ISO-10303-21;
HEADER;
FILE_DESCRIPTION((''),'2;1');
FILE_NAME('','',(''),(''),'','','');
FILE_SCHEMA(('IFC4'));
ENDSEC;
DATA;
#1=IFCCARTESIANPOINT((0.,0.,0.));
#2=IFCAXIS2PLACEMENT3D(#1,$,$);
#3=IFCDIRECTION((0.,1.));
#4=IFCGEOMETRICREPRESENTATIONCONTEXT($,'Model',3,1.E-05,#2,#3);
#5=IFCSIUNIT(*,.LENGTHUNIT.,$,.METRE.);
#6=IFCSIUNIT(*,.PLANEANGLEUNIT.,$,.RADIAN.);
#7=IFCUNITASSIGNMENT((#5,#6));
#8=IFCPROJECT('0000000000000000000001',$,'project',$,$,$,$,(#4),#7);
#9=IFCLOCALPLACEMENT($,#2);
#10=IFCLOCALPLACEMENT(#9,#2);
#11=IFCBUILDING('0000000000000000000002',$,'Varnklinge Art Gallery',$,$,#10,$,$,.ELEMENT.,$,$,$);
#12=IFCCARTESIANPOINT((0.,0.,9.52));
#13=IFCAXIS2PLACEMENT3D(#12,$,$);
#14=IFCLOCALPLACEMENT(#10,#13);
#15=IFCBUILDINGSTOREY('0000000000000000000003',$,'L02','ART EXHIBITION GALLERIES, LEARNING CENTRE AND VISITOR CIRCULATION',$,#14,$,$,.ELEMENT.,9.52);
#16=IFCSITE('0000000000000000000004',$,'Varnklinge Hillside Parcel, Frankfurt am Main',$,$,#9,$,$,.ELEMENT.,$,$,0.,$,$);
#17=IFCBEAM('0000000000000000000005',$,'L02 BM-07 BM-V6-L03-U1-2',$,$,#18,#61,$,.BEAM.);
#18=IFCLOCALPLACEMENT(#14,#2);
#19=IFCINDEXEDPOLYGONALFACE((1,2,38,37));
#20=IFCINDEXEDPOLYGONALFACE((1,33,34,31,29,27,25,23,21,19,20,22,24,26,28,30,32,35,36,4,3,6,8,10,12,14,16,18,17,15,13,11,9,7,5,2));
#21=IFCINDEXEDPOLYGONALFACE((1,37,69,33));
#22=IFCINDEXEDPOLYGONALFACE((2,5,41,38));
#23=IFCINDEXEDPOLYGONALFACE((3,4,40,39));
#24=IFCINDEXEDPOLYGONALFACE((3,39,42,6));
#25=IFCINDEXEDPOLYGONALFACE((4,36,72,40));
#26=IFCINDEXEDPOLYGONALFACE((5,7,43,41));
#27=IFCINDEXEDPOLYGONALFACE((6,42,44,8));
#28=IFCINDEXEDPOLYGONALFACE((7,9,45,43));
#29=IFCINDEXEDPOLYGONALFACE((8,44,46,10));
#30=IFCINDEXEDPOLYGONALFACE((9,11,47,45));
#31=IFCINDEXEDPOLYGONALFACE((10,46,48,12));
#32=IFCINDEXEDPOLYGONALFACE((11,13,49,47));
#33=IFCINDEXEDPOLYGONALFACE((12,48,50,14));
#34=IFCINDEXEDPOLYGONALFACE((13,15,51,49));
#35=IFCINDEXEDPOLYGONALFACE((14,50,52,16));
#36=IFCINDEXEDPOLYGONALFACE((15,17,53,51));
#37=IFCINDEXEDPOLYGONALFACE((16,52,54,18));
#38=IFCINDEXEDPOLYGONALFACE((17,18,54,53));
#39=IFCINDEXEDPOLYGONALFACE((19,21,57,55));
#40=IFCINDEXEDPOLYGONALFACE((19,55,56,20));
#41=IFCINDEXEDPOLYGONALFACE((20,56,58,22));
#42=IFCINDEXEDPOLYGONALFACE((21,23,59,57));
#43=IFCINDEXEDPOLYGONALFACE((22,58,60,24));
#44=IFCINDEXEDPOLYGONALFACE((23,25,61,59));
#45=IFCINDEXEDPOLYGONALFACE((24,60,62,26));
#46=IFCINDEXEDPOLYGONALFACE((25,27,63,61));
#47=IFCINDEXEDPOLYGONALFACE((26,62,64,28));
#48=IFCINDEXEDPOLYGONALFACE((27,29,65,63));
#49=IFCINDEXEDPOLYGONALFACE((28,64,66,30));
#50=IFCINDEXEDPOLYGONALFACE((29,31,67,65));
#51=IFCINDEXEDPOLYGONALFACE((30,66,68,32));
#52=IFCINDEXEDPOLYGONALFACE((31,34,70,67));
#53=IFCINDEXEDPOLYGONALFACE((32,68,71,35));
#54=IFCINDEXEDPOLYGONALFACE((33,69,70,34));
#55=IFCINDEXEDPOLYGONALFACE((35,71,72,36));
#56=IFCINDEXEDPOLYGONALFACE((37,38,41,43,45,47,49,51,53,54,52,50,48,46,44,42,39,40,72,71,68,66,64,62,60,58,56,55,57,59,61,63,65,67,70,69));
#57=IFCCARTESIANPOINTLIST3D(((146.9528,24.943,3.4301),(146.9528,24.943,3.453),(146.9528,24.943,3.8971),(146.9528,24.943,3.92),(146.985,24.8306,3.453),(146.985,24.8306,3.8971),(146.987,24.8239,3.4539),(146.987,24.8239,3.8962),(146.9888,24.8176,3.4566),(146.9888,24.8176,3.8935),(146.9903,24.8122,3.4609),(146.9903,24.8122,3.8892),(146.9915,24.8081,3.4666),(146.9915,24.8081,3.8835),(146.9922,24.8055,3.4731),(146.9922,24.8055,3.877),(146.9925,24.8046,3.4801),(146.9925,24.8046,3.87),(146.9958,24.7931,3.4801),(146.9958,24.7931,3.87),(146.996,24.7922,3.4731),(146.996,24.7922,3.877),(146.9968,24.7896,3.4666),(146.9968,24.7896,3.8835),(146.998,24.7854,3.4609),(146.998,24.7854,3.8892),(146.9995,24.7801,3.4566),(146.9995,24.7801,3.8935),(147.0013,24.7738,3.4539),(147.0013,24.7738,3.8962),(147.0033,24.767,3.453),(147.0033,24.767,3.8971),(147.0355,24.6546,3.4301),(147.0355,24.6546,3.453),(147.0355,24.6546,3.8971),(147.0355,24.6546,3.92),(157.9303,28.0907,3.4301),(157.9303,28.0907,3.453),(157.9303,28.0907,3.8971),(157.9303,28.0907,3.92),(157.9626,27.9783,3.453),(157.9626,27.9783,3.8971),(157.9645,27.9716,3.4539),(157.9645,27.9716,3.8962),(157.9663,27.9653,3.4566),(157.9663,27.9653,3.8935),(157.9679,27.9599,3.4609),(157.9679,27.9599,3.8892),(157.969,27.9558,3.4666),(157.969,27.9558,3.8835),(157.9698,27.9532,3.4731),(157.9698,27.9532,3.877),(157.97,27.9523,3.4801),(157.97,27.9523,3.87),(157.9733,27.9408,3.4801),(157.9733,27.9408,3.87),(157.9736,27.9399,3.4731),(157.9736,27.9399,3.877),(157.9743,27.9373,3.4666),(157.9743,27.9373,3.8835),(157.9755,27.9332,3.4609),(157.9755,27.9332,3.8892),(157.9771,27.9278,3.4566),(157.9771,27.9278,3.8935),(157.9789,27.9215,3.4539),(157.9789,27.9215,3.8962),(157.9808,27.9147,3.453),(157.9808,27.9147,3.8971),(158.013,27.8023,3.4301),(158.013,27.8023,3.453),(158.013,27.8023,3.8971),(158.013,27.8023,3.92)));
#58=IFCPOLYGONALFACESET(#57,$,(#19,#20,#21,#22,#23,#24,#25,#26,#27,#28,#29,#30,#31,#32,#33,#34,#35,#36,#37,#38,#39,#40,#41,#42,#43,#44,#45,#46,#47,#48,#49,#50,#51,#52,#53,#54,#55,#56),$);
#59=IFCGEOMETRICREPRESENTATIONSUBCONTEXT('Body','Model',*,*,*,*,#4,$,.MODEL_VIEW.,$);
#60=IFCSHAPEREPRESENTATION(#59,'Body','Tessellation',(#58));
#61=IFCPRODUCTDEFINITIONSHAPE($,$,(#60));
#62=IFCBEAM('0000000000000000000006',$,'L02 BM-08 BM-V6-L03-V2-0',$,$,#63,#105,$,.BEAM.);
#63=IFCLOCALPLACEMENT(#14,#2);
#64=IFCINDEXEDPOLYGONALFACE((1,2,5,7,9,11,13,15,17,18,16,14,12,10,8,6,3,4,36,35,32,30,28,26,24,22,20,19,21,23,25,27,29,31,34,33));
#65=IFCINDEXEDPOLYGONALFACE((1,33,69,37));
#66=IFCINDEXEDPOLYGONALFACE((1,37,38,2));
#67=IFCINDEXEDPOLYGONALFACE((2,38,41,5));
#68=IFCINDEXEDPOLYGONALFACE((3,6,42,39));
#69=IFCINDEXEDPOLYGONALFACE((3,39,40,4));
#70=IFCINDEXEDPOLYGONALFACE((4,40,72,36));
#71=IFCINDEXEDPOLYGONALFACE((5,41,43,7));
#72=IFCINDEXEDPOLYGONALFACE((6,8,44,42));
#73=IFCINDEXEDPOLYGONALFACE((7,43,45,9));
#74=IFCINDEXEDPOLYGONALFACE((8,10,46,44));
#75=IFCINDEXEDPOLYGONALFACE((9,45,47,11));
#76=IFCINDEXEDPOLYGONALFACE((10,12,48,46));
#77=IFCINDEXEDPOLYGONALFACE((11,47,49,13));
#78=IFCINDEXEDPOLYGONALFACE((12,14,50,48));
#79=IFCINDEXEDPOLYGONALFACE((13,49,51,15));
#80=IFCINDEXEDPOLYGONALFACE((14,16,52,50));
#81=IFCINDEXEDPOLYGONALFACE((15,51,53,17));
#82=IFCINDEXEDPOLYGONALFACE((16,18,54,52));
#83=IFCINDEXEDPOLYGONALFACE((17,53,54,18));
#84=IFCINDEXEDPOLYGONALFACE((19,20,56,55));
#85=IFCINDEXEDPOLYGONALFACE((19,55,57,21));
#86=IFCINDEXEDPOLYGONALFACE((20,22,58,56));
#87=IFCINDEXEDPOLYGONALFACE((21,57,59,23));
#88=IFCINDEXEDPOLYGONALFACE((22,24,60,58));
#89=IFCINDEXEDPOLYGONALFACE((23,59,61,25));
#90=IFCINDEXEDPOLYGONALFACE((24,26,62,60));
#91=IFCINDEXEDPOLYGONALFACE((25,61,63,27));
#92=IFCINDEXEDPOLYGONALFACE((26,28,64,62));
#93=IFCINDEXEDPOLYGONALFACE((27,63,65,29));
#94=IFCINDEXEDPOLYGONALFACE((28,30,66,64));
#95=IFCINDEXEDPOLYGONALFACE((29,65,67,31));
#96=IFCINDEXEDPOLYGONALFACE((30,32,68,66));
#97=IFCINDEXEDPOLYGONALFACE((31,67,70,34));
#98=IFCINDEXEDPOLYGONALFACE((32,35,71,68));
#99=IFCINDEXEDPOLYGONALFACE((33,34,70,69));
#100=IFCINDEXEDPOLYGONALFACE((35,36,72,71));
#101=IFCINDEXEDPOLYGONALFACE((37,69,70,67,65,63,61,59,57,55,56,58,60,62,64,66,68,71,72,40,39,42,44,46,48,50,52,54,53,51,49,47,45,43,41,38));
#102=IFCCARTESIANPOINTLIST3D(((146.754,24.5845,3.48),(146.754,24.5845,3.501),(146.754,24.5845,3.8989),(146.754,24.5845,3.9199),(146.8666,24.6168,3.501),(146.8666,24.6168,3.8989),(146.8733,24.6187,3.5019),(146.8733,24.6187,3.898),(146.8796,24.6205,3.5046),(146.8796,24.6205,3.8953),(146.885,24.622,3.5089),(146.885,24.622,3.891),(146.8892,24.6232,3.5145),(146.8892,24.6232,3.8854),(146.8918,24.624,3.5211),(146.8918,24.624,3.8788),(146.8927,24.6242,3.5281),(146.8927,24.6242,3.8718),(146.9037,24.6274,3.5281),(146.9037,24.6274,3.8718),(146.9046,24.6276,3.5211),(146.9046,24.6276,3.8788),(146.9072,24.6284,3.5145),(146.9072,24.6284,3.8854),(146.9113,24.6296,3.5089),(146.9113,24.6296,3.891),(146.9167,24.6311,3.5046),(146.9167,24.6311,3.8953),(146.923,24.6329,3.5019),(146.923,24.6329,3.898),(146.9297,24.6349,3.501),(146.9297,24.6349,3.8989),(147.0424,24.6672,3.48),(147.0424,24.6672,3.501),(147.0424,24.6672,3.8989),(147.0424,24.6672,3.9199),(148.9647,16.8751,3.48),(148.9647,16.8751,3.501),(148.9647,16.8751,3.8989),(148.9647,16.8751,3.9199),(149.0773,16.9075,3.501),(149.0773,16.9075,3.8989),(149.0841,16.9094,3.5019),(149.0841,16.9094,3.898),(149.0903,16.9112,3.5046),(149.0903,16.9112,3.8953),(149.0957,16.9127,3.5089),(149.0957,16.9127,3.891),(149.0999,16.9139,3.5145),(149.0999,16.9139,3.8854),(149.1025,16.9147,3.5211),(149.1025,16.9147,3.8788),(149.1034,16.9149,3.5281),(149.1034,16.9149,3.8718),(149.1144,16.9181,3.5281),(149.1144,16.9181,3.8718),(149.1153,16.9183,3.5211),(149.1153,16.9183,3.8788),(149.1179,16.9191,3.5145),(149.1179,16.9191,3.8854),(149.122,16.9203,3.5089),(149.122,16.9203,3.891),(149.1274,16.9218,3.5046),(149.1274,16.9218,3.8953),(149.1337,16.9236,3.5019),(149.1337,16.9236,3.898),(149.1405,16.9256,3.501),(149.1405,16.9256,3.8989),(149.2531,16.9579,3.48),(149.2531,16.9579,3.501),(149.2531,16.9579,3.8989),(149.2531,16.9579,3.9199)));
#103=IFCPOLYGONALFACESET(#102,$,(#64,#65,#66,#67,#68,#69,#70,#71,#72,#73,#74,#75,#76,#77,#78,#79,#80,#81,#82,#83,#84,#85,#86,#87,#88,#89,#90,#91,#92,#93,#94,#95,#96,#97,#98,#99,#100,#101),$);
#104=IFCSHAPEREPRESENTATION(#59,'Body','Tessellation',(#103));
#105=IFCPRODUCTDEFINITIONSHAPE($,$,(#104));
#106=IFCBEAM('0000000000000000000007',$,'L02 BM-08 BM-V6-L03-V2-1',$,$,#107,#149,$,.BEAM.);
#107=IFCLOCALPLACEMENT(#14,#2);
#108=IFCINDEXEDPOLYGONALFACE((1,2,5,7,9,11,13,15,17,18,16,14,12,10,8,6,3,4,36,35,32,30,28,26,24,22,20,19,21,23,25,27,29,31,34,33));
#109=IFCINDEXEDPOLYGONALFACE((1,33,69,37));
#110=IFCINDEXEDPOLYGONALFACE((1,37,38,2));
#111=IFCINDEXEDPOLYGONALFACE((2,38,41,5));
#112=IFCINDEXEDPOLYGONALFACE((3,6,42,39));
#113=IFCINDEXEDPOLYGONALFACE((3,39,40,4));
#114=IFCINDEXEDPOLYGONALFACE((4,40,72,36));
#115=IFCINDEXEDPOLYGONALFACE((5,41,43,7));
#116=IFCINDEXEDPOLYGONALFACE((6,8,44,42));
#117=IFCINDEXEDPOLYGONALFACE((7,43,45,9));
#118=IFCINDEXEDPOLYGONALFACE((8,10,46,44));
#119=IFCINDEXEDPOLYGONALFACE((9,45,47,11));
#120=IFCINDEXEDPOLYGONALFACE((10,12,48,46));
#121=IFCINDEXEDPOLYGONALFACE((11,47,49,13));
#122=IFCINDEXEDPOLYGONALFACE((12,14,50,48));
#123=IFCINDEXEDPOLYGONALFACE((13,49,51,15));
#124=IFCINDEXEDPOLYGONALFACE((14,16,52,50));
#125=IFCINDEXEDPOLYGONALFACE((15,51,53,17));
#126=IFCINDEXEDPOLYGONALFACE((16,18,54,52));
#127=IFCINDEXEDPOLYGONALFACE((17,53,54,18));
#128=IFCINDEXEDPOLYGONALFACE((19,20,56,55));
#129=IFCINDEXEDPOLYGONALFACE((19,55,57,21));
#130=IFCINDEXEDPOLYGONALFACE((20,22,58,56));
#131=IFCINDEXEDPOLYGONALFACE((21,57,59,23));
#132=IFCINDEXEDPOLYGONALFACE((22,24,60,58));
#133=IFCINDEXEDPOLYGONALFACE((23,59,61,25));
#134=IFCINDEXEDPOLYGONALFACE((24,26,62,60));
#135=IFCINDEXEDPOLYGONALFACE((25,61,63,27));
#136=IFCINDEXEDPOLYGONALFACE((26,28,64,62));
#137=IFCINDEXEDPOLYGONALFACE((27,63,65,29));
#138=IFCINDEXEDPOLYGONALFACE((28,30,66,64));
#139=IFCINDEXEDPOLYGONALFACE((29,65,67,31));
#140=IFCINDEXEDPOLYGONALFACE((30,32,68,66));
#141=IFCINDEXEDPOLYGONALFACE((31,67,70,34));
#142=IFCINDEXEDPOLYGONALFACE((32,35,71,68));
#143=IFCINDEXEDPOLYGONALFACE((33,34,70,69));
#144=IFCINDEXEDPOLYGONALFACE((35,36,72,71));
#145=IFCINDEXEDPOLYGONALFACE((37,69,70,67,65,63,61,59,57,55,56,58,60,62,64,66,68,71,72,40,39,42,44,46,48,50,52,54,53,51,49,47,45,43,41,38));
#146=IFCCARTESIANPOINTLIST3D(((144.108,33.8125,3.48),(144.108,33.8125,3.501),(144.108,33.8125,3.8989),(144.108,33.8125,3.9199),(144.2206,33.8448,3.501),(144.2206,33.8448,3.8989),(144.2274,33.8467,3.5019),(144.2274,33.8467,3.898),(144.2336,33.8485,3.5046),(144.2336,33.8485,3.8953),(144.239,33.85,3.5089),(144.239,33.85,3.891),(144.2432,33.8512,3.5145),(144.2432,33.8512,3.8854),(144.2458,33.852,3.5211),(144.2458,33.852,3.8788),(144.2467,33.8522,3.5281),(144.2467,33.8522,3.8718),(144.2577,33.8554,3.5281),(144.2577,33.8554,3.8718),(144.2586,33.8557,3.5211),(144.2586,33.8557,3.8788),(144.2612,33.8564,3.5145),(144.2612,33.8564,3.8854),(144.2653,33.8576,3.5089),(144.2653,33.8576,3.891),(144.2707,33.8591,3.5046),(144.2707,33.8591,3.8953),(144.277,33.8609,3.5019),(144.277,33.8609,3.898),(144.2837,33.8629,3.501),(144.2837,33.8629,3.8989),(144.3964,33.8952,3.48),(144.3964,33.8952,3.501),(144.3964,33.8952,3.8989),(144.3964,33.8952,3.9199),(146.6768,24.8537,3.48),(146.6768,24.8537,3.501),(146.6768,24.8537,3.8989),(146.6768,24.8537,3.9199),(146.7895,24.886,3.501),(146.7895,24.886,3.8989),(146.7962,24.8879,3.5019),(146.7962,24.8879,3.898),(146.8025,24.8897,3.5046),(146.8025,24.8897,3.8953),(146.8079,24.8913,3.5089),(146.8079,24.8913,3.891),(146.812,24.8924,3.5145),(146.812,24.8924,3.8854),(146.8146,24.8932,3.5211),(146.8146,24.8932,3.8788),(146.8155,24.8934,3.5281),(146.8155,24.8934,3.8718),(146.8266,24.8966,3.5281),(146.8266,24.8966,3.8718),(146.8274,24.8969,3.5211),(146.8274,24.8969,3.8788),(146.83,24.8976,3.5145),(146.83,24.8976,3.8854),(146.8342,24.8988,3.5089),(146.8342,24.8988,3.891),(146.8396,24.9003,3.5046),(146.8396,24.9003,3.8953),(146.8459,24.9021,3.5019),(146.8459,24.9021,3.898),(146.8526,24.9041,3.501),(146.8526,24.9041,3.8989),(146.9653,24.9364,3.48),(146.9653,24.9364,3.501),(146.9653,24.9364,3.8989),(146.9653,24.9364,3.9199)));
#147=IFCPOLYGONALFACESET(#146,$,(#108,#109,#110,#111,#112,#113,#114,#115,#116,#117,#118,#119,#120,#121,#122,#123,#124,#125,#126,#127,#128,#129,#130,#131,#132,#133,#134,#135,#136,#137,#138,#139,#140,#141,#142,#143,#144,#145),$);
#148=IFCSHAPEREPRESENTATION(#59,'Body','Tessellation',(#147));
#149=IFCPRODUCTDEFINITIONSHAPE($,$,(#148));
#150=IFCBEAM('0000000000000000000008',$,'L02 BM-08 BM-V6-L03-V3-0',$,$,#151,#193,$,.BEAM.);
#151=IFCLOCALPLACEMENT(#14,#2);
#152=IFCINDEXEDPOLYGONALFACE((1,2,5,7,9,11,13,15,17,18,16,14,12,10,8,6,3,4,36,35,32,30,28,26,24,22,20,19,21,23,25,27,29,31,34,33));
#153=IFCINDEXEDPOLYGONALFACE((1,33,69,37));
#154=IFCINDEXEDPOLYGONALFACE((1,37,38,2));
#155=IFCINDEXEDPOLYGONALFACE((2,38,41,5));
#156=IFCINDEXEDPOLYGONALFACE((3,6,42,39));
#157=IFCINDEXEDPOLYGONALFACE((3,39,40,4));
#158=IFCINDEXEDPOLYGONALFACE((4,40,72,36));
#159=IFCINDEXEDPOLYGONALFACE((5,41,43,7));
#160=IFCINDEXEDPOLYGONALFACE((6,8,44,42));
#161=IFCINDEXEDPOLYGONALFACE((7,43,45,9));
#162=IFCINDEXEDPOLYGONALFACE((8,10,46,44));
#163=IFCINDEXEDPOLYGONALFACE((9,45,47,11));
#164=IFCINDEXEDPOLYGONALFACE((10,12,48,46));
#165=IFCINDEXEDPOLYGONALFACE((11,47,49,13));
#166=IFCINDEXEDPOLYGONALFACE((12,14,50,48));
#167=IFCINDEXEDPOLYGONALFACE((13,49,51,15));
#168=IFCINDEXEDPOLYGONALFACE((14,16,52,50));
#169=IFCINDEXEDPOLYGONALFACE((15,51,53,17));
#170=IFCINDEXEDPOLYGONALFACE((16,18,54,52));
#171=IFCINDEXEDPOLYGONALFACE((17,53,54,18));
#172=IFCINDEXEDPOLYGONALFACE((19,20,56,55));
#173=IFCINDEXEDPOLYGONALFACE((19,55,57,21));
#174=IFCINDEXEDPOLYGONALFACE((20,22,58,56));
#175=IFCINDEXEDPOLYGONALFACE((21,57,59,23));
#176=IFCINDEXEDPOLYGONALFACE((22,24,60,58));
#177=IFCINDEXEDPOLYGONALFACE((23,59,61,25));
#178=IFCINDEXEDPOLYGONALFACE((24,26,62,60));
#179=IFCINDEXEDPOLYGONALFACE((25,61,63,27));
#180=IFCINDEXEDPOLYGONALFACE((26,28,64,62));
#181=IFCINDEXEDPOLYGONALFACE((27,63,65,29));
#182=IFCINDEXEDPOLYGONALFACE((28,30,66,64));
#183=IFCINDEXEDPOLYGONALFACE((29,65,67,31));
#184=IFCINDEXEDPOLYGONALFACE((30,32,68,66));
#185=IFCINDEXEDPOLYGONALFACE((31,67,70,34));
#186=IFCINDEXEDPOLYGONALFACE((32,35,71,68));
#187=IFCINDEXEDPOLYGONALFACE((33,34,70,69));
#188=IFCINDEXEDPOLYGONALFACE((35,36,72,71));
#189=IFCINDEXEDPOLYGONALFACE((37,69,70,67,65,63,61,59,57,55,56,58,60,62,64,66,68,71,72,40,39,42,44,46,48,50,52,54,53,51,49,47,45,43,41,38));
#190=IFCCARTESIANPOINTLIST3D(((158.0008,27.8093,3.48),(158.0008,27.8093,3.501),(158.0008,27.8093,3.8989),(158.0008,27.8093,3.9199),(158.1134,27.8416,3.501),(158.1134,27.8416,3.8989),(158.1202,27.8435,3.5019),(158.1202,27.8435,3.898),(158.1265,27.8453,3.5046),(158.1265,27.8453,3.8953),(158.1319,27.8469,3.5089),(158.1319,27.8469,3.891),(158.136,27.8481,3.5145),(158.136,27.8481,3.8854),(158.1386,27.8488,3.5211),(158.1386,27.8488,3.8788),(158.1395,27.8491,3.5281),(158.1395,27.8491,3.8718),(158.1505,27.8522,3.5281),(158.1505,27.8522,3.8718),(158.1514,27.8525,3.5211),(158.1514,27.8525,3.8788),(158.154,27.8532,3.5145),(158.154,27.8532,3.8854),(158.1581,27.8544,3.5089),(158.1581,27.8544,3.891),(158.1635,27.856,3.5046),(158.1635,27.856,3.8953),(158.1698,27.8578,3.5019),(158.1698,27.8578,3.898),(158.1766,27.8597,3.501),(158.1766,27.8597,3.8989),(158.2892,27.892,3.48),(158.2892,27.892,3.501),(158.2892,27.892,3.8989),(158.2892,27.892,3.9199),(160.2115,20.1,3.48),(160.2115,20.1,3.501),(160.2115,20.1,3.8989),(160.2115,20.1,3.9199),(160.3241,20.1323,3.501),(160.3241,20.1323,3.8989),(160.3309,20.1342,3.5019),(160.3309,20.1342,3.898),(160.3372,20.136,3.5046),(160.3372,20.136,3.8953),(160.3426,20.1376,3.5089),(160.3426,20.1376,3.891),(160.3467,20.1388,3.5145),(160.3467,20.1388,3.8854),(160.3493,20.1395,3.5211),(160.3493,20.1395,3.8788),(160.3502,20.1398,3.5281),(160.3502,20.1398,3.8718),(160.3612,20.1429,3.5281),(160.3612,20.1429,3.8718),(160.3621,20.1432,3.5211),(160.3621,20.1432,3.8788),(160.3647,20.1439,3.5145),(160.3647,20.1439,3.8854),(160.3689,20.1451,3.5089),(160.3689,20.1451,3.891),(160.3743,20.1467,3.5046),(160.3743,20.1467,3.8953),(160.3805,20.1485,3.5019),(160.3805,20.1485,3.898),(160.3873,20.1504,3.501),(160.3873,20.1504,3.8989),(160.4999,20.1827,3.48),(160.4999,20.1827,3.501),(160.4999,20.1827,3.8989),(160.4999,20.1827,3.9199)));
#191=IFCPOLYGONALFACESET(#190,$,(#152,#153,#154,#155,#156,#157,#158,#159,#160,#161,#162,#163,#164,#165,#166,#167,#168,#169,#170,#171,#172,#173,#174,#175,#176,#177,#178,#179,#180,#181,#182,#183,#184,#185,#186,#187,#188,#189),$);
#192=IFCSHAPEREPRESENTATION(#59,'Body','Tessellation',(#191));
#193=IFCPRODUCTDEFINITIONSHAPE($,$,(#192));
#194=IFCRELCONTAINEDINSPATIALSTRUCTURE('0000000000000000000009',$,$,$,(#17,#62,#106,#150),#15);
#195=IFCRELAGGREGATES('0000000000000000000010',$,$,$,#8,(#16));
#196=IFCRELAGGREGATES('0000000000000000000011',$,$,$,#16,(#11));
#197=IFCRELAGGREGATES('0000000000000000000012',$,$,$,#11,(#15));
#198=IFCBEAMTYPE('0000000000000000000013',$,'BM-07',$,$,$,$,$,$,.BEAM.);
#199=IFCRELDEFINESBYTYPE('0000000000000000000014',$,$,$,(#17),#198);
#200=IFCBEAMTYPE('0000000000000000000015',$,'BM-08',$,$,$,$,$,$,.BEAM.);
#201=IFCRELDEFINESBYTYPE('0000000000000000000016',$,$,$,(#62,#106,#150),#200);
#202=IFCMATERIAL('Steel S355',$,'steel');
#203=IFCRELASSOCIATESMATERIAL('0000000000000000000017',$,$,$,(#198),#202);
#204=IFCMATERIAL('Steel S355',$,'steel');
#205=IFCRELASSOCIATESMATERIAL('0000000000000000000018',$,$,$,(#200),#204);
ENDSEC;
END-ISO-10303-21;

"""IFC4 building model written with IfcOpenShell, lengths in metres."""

from ifc_helpers import new_model, si_unit, direction, frame, origin, origin_2d, place, context, subcontext, project, spatial, i_section, extrude, material, material_profile, profile_set, type_object, element, save


model = new_model("IFC4")

# Units and contexts
model_context = context("Model", 3, precision=1e-05, world=origin(), true_north=direction((0.0, 1.0)))
body_context = subcontext(model_context, "Body", "Model", "MODEL_VIEW")
ifc_project = project(units=[si_unit("LENGTHUNIT", "METRE"), si_unit("PLANEANGLEUNIT", "RADIAN")], contexts=[model_context])

# Site, building, storey
site_placement = place(None, origin())
site = spatial("IfcSite", under=ifc_project, at=site_placement, Name="Varnklinge Hillside Parcel, Frankfurt am Main", CompositionType="ELEMENT", RefElevation=0.0)
building_placement = place(site_placement, origin())
building = spatial("IfcBuilding", under=site, at=building_placement, Name="Varnklinge Art Gallery", CompositionType="ELEMENT")
storey_placement = place(building_placement, frame((0.0, 0.0, 9.52)))
storey = spatial("IfcBuildingStorey", under=building, at=storey_placement, Name="L02", Description="ART EXHIBITION GALLERIES, LEARNING CENTRE AND VISITOR CIRCULATION", CompositionType="ELEMENT", Elevation=9.52)

# Beams
ifc_material_1 = material(Name="Steel S355", Category="steel")
ifc_material_profile_1 = material_profile(ifc_material_1, i_section(OverallWidth=0.3, OverallDepth=0.49, WebThickness=0.012, FlangeThickness=0.0229, FilletRadius=0.0271, at=origin_2d()), Name="HEA 500")
ifc_profile_set_1 = profile_set([ifc_material_profile_1], Name="Steel S355")
beam_type_1 = type_object("IfcBeamType", Name="BM-07", PredefinedType="BEAM", material=ifc_profile_set_1)
for number, where, z_axis, x_axis, name in (
    (1, (146.9941, 24.7988, 3.675), (0.961263, 0.275633, 0.0), (-0.275633, 0.961263, 0.0), "L02 BM-07 BM-V6-L03-U1-2"),
):
    element("IfcBeam", number, at=place(storey_placement, frame(where, z_axis=z_axis, x_axis=x_axis)), inside=storey, type_object=beam_type_1, Name=name, PredefinedType="BEAM", context=body_context, shape_type="SweptSolid", body=[
        extrude(i_section(OverallWidth=0.3, OverallDepth=0.49, WebThickness=0.012, FlangeThickness=0.0229, FilletRadius=0.0271, at=origin_2d()), origin(), (0.0, 0.0, 1.0), 11.4199),
    ])
ifc_material_2 = material(Name="Steel S355", Category="steel")
ifc_material_profile_2 = material_profile(ifc_material_2, i_section(OverallWidth=0.3, OverallDepth=0.4399, WebThickness=0.0115, FlangeThickness=0.021, FilletRadius=0.0271, at=origin_2d()), Name="HEA 450")
ifc_profile_set_2 = profile_set([ifc_material_profile_2], Name="Steel S355")
beam_type_2 = type_object("IfcBeamType", Name="BM-08", PredefinedType="BEAM", material=ifc_profile_set_2)
beam_1_placement = place(storey_placement, frame((149.1089, 16.9165, 3.7), z_axis=(-0.27565, 0.961258, 0.0), x_axis=(-0.961258, -0.27565, 0.0)))
element("IfcBeam", 2, at=beam_1_placement, inside=storey, type_object=beam_type_2, Name="L02 BM-08 BM-V6-L03-V2-0", PredefinedType="BEAM", context=body_context, shape_type="SweptSolid", body=[
    extrude(i_section(OverallWidth=0.3, OverallDepth=0.4399, WebThickness=0.0115, FlangeThickness=0.021, FilletRadius=0.0271, at=origin_2d()), origin(), (0.0, 0.0, 1.0), 8.02),
])
beam_2_placement = place(storey_placement, frame((146.821, 24.895, 3.7), z_axis=(-0.275634, 0.961263, 0.0), x_axis=(-0.961263, -0.275634, 0.0)))
element("IfcBeam", 3, at=beam_2_placement, inside=storey, type_object=beam_type_2, Name="L02 BM-08 BM-V6-L03-V2-1", PredefinedType="BEAM", context=body_context, shape_type="SweptSolid", body=[
    extrude(i_section(OverallWidth=0.3, OverallDepth=0.4399, WebThickness=0.0115, FlangeThickness=0.021, FilletRadius=0.0271, at=origin_2d()), origin(), (0.0, 0.0, 1.0), 9.3198),
])
beam_3_placement = place(storey_placement, frame((160.3557, 20.1414, 3.7), z_axis=(-0.27565, 0.961258, 0.0), x_axis=(-0.961258, -0.27565, 0.0)))
element("IfcBeam", 4, at=beam_3_placement, inside=storey, type_object=beam_type_2, Name="L02 BM-08 BM-V6-L03-V3-0", PredefinedType="BEAM", context=body_context, shape_type="SweptSolid", body=[
    extrude(i_section(OverallWidth=0.3, OverallDepth=0.4399, WebThickness=0.0115, FlangeThickness=0.021, FilletRadius=0.0271, at=origin_2d()), origin(), (0.0, 0.0, 1.0), 8.02),
])

save(model, "model.ifc")
